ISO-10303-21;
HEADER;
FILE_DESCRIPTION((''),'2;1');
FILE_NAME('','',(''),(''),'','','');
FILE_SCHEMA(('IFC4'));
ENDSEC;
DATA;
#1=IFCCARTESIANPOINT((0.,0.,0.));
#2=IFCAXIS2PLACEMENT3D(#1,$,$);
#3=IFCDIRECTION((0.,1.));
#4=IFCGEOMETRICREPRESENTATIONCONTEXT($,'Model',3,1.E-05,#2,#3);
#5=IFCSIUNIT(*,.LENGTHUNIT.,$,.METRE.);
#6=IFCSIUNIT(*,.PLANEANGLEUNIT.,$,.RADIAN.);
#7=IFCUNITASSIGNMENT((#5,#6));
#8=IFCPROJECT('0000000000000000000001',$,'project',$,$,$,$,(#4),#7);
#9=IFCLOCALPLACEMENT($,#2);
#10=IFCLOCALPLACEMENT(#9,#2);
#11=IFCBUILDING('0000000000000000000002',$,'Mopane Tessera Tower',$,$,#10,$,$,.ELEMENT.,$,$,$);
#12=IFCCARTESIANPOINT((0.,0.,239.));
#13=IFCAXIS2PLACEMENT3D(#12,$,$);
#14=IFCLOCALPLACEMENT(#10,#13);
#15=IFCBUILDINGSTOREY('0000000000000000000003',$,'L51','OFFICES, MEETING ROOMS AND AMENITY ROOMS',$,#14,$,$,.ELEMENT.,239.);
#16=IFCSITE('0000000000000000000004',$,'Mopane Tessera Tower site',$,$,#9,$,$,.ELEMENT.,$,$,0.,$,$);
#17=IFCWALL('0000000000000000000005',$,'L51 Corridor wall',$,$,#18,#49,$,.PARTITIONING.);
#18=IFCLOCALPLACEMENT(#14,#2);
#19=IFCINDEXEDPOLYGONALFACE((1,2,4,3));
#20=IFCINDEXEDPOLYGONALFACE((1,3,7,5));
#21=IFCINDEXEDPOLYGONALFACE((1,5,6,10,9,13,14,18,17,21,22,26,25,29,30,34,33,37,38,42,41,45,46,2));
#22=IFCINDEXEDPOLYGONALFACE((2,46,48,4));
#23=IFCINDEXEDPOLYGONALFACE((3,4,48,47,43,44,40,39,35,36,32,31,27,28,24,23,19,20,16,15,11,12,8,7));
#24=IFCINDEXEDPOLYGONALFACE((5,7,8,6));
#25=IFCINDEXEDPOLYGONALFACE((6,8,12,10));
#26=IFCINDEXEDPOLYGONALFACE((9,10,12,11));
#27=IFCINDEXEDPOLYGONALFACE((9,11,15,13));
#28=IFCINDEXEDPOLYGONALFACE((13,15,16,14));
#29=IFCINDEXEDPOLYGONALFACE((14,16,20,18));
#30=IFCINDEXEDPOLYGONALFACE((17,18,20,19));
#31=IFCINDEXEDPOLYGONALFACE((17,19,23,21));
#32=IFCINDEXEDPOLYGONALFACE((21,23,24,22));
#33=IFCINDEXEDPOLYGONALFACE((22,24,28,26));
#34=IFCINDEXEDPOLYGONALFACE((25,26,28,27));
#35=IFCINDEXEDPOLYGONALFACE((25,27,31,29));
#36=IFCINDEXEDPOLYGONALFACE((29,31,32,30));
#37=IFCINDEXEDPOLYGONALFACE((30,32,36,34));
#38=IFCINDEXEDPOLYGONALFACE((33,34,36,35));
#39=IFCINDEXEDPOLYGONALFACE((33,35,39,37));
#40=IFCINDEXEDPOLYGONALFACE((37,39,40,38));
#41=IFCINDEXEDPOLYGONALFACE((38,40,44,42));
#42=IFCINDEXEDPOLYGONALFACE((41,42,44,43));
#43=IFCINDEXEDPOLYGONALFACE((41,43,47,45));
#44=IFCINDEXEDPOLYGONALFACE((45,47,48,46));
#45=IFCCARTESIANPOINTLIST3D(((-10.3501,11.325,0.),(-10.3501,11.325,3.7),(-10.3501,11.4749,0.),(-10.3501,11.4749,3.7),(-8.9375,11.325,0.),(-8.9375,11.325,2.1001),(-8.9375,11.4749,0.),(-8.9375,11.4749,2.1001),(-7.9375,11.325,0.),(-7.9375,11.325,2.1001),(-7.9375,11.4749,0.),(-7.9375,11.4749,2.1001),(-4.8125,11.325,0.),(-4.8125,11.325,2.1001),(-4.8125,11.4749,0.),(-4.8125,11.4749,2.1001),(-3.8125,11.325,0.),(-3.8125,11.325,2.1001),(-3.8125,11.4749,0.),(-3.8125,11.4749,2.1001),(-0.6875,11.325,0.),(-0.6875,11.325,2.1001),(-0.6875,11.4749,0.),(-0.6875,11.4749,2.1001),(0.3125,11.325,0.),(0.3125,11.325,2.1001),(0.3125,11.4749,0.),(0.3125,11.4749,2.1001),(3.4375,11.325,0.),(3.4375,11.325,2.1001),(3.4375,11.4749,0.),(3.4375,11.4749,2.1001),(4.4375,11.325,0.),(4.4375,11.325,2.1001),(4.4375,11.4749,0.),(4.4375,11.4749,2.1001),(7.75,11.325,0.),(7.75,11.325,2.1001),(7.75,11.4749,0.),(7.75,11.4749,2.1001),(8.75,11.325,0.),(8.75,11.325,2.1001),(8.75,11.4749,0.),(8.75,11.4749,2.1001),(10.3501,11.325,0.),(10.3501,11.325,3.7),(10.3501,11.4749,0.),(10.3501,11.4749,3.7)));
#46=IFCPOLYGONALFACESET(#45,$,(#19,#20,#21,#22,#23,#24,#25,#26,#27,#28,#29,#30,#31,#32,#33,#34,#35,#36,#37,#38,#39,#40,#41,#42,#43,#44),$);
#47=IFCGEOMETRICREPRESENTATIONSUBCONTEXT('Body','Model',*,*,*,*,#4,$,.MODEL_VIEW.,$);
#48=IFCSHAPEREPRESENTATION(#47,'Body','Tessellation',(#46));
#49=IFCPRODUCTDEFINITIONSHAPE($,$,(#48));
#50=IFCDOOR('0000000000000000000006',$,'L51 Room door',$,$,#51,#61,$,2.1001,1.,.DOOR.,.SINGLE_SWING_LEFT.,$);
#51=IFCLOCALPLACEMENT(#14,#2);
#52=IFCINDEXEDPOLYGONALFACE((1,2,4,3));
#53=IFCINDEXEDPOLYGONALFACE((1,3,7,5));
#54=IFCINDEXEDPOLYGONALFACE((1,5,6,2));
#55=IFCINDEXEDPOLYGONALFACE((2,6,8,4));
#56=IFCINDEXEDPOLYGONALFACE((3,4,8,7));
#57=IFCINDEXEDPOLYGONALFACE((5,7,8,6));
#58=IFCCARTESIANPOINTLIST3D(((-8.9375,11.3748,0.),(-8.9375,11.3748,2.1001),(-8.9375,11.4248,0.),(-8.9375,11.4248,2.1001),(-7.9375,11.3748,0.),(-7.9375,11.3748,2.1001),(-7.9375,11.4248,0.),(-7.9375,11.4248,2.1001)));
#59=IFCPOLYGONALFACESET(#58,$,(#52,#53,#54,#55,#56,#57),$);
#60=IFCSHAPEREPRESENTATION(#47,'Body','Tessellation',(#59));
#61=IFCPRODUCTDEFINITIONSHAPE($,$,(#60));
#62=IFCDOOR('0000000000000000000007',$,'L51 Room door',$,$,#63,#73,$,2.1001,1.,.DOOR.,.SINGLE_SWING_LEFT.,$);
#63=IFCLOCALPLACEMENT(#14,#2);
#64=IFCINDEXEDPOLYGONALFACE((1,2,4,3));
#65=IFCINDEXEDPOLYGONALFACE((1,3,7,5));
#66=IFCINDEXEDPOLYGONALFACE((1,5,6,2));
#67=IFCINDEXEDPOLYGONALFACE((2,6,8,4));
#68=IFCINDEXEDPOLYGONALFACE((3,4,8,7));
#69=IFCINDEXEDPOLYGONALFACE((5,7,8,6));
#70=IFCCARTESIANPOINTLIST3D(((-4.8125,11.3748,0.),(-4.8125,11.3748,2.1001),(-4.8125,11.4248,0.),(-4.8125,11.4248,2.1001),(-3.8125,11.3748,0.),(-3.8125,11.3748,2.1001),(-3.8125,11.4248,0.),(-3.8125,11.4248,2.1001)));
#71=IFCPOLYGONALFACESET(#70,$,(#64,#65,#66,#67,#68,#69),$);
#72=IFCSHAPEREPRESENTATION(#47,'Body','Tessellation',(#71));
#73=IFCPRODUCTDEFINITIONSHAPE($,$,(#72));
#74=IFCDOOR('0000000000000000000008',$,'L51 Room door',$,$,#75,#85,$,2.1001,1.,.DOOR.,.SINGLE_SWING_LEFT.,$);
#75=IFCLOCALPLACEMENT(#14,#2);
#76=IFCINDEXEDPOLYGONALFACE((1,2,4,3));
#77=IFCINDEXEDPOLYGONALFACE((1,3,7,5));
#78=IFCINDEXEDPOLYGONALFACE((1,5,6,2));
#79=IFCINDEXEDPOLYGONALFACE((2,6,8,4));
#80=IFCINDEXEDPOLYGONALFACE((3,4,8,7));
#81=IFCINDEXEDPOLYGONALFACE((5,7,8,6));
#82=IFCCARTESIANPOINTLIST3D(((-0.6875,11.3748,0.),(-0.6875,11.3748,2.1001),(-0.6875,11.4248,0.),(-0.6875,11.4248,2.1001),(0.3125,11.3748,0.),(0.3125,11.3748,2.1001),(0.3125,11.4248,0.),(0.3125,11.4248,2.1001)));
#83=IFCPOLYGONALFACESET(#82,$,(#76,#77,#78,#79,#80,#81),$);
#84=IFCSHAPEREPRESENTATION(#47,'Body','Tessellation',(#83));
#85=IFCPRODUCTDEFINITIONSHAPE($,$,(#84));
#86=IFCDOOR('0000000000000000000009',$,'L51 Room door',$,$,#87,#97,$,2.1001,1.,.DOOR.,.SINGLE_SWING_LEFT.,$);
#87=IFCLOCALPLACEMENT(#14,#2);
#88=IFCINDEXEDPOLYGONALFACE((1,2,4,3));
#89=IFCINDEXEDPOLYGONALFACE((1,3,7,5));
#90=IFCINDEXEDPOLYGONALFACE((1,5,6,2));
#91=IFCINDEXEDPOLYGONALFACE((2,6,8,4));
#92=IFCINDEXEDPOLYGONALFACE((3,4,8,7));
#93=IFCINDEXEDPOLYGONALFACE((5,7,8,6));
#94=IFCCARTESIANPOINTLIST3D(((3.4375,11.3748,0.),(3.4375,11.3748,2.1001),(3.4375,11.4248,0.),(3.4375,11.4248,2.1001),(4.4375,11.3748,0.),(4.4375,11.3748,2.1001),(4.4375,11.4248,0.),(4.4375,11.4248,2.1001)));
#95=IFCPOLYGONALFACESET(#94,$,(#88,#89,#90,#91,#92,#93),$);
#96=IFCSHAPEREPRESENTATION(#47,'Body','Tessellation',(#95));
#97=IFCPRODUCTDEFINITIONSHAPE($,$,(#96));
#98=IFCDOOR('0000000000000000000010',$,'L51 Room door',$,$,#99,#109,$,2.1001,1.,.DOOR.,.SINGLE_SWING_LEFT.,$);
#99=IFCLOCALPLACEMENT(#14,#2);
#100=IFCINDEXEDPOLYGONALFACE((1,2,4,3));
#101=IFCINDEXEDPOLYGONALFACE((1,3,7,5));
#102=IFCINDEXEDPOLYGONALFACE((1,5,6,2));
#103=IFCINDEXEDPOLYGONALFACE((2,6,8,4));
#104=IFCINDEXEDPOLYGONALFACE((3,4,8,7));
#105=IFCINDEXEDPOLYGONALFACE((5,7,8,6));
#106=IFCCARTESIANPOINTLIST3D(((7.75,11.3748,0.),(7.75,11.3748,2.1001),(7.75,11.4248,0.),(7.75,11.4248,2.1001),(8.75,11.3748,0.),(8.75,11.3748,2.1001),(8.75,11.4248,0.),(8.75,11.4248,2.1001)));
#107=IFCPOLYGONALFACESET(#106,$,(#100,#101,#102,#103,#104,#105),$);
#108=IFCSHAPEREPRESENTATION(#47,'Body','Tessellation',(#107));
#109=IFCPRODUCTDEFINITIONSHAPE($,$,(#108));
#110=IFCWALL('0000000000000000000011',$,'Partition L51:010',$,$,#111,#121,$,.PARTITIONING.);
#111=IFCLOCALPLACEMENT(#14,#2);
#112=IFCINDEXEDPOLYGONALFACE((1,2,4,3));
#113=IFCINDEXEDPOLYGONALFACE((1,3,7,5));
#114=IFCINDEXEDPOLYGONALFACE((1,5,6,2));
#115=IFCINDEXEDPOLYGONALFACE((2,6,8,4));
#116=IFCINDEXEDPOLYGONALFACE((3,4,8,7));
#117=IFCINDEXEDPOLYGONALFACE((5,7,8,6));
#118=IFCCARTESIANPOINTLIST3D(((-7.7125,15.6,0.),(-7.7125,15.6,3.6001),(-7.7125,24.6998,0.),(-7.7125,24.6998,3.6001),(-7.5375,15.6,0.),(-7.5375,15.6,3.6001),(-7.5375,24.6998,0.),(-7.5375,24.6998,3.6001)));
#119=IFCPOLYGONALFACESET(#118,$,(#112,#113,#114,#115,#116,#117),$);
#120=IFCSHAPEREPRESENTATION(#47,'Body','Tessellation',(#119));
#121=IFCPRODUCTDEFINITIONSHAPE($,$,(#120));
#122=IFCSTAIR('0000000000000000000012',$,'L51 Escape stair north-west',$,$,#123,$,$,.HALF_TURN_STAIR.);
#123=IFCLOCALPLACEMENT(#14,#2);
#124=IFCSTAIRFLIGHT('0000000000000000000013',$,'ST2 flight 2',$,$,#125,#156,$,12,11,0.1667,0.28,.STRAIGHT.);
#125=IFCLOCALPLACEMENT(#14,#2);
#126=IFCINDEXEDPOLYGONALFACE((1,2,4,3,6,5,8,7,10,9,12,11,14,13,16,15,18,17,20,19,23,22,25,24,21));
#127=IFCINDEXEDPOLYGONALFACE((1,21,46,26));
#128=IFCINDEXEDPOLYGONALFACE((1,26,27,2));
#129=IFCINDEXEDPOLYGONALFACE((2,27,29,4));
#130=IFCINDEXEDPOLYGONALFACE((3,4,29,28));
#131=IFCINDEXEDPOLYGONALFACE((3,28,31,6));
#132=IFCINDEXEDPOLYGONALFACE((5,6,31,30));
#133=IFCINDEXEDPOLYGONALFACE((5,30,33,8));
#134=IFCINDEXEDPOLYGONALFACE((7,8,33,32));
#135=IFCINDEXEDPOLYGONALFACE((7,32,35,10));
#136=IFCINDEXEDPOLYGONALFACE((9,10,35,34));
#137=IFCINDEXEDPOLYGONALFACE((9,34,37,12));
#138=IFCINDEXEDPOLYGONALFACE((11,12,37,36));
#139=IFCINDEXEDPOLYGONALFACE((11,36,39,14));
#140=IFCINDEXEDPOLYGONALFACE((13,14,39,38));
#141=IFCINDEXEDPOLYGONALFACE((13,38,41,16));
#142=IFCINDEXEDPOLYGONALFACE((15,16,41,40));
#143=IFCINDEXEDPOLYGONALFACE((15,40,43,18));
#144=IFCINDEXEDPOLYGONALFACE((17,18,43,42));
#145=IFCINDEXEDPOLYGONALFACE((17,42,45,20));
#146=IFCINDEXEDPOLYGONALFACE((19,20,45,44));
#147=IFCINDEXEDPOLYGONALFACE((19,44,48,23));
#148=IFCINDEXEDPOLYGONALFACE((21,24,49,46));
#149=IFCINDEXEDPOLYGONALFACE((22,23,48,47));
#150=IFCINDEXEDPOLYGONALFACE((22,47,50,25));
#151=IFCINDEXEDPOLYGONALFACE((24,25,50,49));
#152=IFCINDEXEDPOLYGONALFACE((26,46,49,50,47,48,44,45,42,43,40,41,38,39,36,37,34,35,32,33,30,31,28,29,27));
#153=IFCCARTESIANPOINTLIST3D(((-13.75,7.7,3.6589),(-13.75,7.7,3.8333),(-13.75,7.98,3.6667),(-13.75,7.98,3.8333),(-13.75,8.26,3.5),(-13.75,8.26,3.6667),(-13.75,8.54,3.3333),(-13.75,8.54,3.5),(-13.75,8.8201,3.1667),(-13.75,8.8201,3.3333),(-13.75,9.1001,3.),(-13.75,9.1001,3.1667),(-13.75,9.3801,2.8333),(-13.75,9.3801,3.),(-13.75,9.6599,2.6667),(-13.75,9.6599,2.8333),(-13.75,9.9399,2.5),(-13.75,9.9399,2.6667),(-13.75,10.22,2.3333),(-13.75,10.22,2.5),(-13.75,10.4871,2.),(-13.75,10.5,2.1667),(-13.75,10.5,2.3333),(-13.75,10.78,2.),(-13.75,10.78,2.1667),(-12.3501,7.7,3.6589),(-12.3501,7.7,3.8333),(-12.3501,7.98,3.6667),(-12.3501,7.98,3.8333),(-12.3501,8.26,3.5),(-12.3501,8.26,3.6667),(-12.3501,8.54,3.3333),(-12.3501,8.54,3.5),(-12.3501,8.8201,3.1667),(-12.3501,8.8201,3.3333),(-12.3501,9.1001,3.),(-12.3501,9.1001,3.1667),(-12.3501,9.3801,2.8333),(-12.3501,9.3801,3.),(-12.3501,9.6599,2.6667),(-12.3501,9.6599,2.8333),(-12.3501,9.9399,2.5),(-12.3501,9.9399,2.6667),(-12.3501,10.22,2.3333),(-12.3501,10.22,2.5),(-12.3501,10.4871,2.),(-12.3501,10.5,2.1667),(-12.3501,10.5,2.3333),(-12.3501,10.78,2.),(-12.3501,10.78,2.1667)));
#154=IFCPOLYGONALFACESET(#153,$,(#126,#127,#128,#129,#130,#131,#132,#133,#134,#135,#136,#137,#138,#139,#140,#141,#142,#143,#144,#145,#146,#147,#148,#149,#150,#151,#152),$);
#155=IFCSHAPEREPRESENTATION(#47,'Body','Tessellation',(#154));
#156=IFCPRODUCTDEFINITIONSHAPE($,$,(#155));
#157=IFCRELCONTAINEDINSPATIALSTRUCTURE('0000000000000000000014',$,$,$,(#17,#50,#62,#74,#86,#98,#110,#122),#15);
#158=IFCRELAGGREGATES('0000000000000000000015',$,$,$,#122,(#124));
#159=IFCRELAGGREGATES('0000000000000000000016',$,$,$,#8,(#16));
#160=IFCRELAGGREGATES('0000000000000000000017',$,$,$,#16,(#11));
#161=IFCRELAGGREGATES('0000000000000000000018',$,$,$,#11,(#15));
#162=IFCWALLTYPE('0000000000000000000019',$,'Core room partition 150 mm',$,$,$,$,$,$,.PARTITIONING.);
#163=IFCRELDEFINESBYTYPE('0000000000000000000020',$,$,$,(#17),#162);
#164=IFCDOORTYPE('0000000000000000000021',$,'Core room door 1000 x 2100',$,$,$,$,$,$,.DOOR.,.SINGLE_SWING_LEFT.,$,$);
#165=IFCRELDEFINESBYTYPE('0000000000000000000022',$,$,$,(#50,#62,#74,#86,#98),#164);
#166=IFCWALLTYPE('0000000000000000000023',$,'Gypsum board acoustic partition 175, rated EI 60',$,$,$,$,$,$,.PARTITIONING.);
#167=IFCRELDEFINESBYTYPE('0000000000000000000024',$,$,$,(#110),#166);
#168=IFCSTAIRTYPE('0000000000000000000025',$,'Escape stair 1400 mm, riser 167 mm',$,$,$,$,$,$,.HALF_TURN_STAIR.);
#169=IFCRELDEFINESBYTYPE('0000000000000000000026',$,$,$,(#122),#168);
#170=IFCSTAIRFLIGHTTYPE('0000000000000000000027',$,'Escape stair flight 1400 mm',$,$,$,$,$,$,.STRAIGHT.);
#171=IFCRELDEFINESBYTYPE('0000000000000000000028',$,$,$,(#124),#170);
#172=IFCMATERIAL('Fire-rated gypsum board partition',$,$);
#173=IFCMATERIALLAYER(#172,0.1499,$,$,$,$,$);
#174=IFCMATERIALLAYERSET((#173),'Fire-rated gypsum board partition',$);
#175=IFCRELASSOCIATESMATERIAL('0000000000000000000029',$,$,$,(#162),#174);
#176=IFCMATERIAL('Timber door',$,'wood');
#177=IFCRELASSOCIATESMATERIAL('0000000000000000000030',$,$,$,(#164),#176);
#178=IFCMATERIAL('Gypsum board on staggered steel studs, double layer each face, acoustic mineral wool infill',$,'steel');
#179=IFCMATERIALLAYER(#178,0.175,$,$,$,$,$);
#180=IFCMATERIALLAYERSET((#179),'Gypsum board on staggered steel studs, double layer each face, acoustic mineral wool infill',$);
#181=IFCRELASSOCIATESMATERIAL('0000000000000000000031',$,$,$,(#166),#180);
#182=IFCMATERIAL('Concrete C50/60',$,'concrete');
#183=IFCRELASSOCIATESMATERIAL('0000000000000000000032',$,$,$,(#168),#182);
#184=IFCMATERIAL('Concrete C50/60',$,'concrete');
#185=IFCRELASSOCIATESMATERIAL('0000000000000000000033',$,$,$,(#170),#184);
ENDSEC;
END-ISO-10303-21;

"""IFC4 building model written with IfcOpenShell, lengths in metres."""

from ifc_helpers import new_model, si_unit, direction, frame, frame_2d, origin, place, context, subcontext, project, spatial, polyline, rectangle, outline, extrude, material, layer, layer_set, type_object, element, fill, aggregate, save


model = new_model("IFC4")

# Units and contexts
model_context = context("Model", 3, precision=1e-05, world=origin(), true_north=direction((0.0, 1.0)))
body_context = subcontext(model_context, "Body", "Model", "MODEL_VIEW")
ifc_project = project(units=[si_unit("LENGTHUNIT", "METRE"), si_unit("PLANEANGLEUNIT", "RADIAN")], contexts=[model_context])

# Site, building, storey
site_placement = place(None, origin())
site = spatial("IfcSite", under=ifc_project, at=site_placement, Name="Mopane Tessera Tower site", CompositionType="ELEMENT", RefElevation=0.0)
building_placement = place(site_placement, origin())
building = spatial("IfcBuilding", under=site, at=building_placement, Name="Mopane Tessera Tower", CompositionType="ELEMENT")
storey_placement = place(building_placement, frame((0.0, 0.0, 239.0)))
storey = spatial("IfcBuildingStorey", under=building, at=storey_placement, Name="L51", Description="OFFICES, MEETING ROOMS AND AMENITY ROOMS", CompositionType="ELEMENT", Elevation=239.0)

# Wall, openings, doors
ifc_material_1 = material(Name="Fire-rated gypsum board partition")
ifc_layer_1 = layer(ifc_material_1, 0.1499)
ifc_layer_set_1 = layer_set([ifc_layer_1], Name="Fire-rated gypsum board partition")
wall_type_1 = type_object("IfcWallType", Name="Core room partition 150 mm", PredefinedType="PARTITIONING", material=ifc_layer_set_1)
wall_1_placement = place(storey_placement, frame((-10.3501, 11.3999, 0.0), z_axis=(0.0, 0.0, 1.0), x_axis=(1.0, 0.0, 0.0)))
wall_1 = element("IfcWall", 1, at=wall_1_placement, inside=storey, type_object=wall_type_1, Name="L51 Corridor wall", PredefinedType="PARTITIONING", context=body_context, shape_type="SweptSolid", body=[
    extrude(rectangle(XDim=20.7002, YDim=0.1499, at=frame_2d((10.3501, 0.0))), origin(), (0.0, 0.0, 1.0), 3.7),
])
opening_1_placement = place(wall_1_placement, frame((1.4126, 0.0, 0.0)))
opening_1 = element("IfcOpeningElement", 2, at=opening_1_placement, cuts=wall_1, PredefinedType="OPENING", context=body_context, shape_type="SweptSolid", body=[
    extrude(rectangle(XDim=1.0, YDim=2.1001, at=frame_2d((0.5, 1.05))), frame((0.0, 0.0869, 0.0), z_axis=(0.0, -1.0, 0.0), x_axis=(1.0, 0.0, 0.0)), (0.0, 0.0, 1.0), 0.1738),
])
opening_2_placement = place(wall_1_placement, frame((5.5376, 0.0, 0.0)))
opening_2 = element("IfcOpeningElement", 3, at=opening_2_placement, cuts=wall_1, PredefinedType="OPENING", context=body_context, shape_type="SweptSolid", body=[
    extrude(rectangle(XDim=1.0, YDim=2.1001, at=frame_2d((0.5, 1.05))), frame((0.0, 0.0869, 0.0), z_axis=(0.0, -1.0, 0.0), x_axis=(1.0, 0.0, 0.0)), (0.0, 0.0, 1.0), 0.1738),
])
opening_3_placement = place(wall_1_placement, frame((9.6626, 0.0, 0.0)))
opening_3 = element("IfcOpeningElement", 4, at=opening_3_placement, cuts=wall_1, PredefinedType="OPENING", context=body_context, shape_type="SweptSolid", body=[
    extrude(rectangle(XDim=1.0, YDim=2.1001, at=frame_2d((0.5, 1.05))), frame((0.0, 0.0869, 0.0), z_axis=(0.0, -1.0, 0.0), x_axis=(1.0, 0.0, 0.0)), (0.0, 0.0, 1.0), 0.1738),
])
opening_4_placement = place(wall_1_placement, frame((13.7876, 0.0, 0.0)))
opening_4 = element("IfcOpeningElement", 5, at=opening_4_placement, cuts=wall_1, PredefinedType="OPENING", context=body_context, shape_type="SweptSolid", body=[
    extrude(rectangle(XDim=1.0, YDim=2.1001, at=frame_2d((0.5, 1.05))), frame((0.0, 0.0869, 0.0), z_axis=(0.0, -1.0, 0.0), x_axis=(1.0, 0.0, 0.0)), (0.0, 0.0, 1.0), 0.1738),
])
opening_5_placement = place(wall_1_placement, frame((18.1001, 0.0, 0.0)))
opening_5 = element("IfcOpeningElement", 6, at=opening_5_placement, cuts=wall_1, PredefinedType="OPENING", context=body_context, shape_type="SweptSolid", body=[
    extrude(rectangle(XDim=1.0, YDim=2.1001, at=frame_2d((0.5, 1.05))), frame((0.0, 0.0869, 0.0), z_axis=(0.0, -1.0, 0.0), x_axis=(1.0, 0.0, 0.0)), (0.0, 0.0, 1.0), 0.1738),
])
ifc_material_2 = material(Name="Timber door", Category="wood")
door_type = type_object("IfcDoorType", Name="Core room door 1000 x 2100", OperationType="SINGLE_SWING_LEFT", PredefinedType="DOOR", material=ifc_material_2)
door_1_placement = place(opening_1_placement, origin())
door_1 = element("IfcDoor", 7, at=door_1_placement, inside=storey, type_object=door_type, Name="L51 Room door", OperationType="SINGLE_SWING_LEFT", OverallHeight=2.1001, OverallWidth=1.0, PredefinedType="DOOR", context=body_context, shape_type="SweptSolid", body=[
    extrude(rectangle(XDim=1.0, YDim=2.1001, at=frame_2d((0.5, 1.05))), frame((0.0, 0.0249, 0.0), z_axis=(0.0, -1.0, 0.0), x_axis=(1.0, 0.0, 0.0)), (0.0, 0.0, 1.0), 0.05),
])
fill(opening_1, door_1)
door_2_placement = place(opening_2_placement, origin())
door_2 = element("IfcDoor", 8, at=door_2_placement, inside=storey, type_object=door_type, Name="L51 Room door", OperationType="SINGLE_SWING_LEFT", OverallHeight=2.1001, OverallWidth=1.0, PredefinedType="DOOR", context=body_context, shape_type="SweptSolid", body=[
    extrude(rectangle(XDim=1.0, YDim=2.1001, at=frame_2d((0.5, 1.05))), frame((0.0, 0.0249, 0.0), z_axis=(0.0, -1.0, 0.0), x_axis=(1.0, 0.0, 0.0)), (0.0, 0.0, 1.0), 0.05),
])
fill(opening_2, door_2)
door_3_placement = place(opening_3_placement, origin())
door_3 = element("IfcDoor", 9, at=door_3_placement, inside=storey, type_object=door_type, Name="L51 Room door", OperationType="SINGLE_SWING_LEFT", OverallHeight=2.1001, OverallWidth=1.0, PredefinedType="DOOR", context=body_context, shape_type="SweptSolid", body=[
    extrude(rectangle(XDim=1.0, YDim=2.1001, at=frame_2d((0.5, 1.05))), frame((0.0, 0.0249, 0.0), z_axis=(0.0, -1.0, 0.0), x_axis=(1.0, 0.0, 0.0)), (0.0, 0.0, 1.0), 0.05),
])
fill(opening_3, door_3)
door_4_placement = place(opening_4_placement, origin())
door_4 = element("IfcDoor", 10, at=door_4_placement, inside=storey, type_object=door_type, Name="L51 Room door", OperationType="SINGLE_SWING_LEFT", OverallHeight=2.1001, OverallWidth=1.0, PredefinedType="DOOR", context=body_context, shape_type="SweptSolid", body=[
    extrude(rectangle(XDim=1.0, YDim=2.1001, at=frame_2d((0.5, 1.05))), frame((0.0, 0.0249, 0.0), z_axis=(0.0, -1.0, 0.0), x_axis=(1.0, 0.0, 0.0)), (0.0, 0.0, 1.0), 0.05),
])
fill(opening_4, door_4)
door_5_placement = place(opening_5_placement, origin())
door_5 = element("IfcDoor", 11, at=door_5_placement, inside=storey, type_object=door_type, Name="L51 Room door", OperationType="SINGLE_SWING_LEFT", OverallHeight=2.1001, OverallWidth=1.0, PredefinedType="DOOR", context=body_context, shape_type="SweptSolid", body=[
    extrude(rectangle(XDim=1.0, YDim=2.1001, at=frame_2d((0.5, 1.05))), frame((0.0, 0.0249, 0.0), z_axis=(0.0, -1.0, 0.0), x_axis=(1.0, 0.0, 0.0)), (0.0, 0.0, 1.0), 0.05),
])
fill(opening_5, door_5)

# Wall
ifc_material_3 = material(Name="Gypsum board on staggered steel studs, double layer each face, acoustic mineral wool infill", Category="steel")
ifc_layer_2 = layer(ifc_material_3, 0.175)
ifc_layer_set_2 = layer_set([ifc_layer_2], Name="Gypsum board on staggered steel studs, double layer each face, acoustic mineral wool infill")
wall_type_2 = type_object("IfcWallType", Name="Gypsum board acoustic partition 175, rated EI 60", PredefinedType="PARTITIONING", material=ifc_layer_set_2)
wall_2_placement = place(storey_placement, frame((-7.625, 15.6001, 0.0), z_axis=(0.0, 0.0, 1.0), x_axis=(0.0, 1.0, 0.0)))
element("IfcWall", 12, at=wall_2_placement, inside=storey, type_object=wall_type_2, Name="Partition L51:010", PredefinedType="PARTITIONING", context=body_context, shape_type="SweptSolid", body=[
    extrude(rectangle(XDim=9.0999, YDim=0.175, at=frame_2d((4.5498, 0.0))), origin(), (0.0, 0.0, 1.0), 3.6001),
])

# Stair, stair flight
ifc_material_4 = material(Name="Concrete C50/60", Category="concrete")
stair_type = type_object("IfcStairType", Name="Escape stair 1400 mm, riser 167 mm", PredefinedType="HALF_TURN_STAIR", material=ifc_material_4)
stair_placement = place(storey_placement, origin())
stair = element("IfcStair", 13, at=stair_placement, inside=storey, type_object=stair_type, Name="L51 Escape stair north-west", PredefinedType="HALF_TURN_STAIR")
ifc_material_5 = material(Name="Concrete C50/60", Category="concrete")
stair_flight_type = type_object("IfcStairFlightType", Name="Escape stair flight 1400 mm", PredefinedType="STRAIGHT", material=ifc_material_5)
stair_flight_placement = place(storey_placement, frame((-13.05, 10.78, 2.0), z_axis=(0.0, 0.0, 1.0), x_axis=(0.0, -1.0, 0.0)))
stair_flight = element("IfcStairFlight", 14, at=stair_flight_placement, type_object=stair_flight_type, Name="ST2 flight 2", NumberOfRisers=12, NumberOfTreads=11, PredefinedType="STRAIGHT", RiserHeight=0.1667, TreadLength=0.28, context=body_context, shape_type="SweptSolid", body=[
    extrude(outline(polyline([(0.0, 0.0), (0.0, 0.1667), (0.28, 0.1667), (0.28, 0.3333), (0.5601, 0.3333), (0.5601, 0.5), (0.8401, 0.5), (0.8401, 0.6667), (1.1201, 0.6667), (1.1201, 0.8333), (1.3999, 0.8333), (1.3999, 1.0), (1.6799, 1.0), (1.6799, 1.1667), (1.96, 1.1667), (1.96, 1.3333), (2.24, 1.3333), (2.24, 1.5), (2.52, 1.5), (2.52, 1.6667), (2.8, 1.6667), (2.8, 1.8333), (3.0801, 1.8333), (3.0801, 2.0), (3.0801, 1.6589), (0.293, 0.0), (0.0, 0.0)])), frame((0.0, 0.7, 0.0), z_axis=(0.0, -1.0, 0.0), x_axis=(1.0, 0.0, 0.0)), (0.0, 0.0, 1.0), 1.3999),
])
aggregate(stair, [stair_flight])

save(model, "model.ifc")
